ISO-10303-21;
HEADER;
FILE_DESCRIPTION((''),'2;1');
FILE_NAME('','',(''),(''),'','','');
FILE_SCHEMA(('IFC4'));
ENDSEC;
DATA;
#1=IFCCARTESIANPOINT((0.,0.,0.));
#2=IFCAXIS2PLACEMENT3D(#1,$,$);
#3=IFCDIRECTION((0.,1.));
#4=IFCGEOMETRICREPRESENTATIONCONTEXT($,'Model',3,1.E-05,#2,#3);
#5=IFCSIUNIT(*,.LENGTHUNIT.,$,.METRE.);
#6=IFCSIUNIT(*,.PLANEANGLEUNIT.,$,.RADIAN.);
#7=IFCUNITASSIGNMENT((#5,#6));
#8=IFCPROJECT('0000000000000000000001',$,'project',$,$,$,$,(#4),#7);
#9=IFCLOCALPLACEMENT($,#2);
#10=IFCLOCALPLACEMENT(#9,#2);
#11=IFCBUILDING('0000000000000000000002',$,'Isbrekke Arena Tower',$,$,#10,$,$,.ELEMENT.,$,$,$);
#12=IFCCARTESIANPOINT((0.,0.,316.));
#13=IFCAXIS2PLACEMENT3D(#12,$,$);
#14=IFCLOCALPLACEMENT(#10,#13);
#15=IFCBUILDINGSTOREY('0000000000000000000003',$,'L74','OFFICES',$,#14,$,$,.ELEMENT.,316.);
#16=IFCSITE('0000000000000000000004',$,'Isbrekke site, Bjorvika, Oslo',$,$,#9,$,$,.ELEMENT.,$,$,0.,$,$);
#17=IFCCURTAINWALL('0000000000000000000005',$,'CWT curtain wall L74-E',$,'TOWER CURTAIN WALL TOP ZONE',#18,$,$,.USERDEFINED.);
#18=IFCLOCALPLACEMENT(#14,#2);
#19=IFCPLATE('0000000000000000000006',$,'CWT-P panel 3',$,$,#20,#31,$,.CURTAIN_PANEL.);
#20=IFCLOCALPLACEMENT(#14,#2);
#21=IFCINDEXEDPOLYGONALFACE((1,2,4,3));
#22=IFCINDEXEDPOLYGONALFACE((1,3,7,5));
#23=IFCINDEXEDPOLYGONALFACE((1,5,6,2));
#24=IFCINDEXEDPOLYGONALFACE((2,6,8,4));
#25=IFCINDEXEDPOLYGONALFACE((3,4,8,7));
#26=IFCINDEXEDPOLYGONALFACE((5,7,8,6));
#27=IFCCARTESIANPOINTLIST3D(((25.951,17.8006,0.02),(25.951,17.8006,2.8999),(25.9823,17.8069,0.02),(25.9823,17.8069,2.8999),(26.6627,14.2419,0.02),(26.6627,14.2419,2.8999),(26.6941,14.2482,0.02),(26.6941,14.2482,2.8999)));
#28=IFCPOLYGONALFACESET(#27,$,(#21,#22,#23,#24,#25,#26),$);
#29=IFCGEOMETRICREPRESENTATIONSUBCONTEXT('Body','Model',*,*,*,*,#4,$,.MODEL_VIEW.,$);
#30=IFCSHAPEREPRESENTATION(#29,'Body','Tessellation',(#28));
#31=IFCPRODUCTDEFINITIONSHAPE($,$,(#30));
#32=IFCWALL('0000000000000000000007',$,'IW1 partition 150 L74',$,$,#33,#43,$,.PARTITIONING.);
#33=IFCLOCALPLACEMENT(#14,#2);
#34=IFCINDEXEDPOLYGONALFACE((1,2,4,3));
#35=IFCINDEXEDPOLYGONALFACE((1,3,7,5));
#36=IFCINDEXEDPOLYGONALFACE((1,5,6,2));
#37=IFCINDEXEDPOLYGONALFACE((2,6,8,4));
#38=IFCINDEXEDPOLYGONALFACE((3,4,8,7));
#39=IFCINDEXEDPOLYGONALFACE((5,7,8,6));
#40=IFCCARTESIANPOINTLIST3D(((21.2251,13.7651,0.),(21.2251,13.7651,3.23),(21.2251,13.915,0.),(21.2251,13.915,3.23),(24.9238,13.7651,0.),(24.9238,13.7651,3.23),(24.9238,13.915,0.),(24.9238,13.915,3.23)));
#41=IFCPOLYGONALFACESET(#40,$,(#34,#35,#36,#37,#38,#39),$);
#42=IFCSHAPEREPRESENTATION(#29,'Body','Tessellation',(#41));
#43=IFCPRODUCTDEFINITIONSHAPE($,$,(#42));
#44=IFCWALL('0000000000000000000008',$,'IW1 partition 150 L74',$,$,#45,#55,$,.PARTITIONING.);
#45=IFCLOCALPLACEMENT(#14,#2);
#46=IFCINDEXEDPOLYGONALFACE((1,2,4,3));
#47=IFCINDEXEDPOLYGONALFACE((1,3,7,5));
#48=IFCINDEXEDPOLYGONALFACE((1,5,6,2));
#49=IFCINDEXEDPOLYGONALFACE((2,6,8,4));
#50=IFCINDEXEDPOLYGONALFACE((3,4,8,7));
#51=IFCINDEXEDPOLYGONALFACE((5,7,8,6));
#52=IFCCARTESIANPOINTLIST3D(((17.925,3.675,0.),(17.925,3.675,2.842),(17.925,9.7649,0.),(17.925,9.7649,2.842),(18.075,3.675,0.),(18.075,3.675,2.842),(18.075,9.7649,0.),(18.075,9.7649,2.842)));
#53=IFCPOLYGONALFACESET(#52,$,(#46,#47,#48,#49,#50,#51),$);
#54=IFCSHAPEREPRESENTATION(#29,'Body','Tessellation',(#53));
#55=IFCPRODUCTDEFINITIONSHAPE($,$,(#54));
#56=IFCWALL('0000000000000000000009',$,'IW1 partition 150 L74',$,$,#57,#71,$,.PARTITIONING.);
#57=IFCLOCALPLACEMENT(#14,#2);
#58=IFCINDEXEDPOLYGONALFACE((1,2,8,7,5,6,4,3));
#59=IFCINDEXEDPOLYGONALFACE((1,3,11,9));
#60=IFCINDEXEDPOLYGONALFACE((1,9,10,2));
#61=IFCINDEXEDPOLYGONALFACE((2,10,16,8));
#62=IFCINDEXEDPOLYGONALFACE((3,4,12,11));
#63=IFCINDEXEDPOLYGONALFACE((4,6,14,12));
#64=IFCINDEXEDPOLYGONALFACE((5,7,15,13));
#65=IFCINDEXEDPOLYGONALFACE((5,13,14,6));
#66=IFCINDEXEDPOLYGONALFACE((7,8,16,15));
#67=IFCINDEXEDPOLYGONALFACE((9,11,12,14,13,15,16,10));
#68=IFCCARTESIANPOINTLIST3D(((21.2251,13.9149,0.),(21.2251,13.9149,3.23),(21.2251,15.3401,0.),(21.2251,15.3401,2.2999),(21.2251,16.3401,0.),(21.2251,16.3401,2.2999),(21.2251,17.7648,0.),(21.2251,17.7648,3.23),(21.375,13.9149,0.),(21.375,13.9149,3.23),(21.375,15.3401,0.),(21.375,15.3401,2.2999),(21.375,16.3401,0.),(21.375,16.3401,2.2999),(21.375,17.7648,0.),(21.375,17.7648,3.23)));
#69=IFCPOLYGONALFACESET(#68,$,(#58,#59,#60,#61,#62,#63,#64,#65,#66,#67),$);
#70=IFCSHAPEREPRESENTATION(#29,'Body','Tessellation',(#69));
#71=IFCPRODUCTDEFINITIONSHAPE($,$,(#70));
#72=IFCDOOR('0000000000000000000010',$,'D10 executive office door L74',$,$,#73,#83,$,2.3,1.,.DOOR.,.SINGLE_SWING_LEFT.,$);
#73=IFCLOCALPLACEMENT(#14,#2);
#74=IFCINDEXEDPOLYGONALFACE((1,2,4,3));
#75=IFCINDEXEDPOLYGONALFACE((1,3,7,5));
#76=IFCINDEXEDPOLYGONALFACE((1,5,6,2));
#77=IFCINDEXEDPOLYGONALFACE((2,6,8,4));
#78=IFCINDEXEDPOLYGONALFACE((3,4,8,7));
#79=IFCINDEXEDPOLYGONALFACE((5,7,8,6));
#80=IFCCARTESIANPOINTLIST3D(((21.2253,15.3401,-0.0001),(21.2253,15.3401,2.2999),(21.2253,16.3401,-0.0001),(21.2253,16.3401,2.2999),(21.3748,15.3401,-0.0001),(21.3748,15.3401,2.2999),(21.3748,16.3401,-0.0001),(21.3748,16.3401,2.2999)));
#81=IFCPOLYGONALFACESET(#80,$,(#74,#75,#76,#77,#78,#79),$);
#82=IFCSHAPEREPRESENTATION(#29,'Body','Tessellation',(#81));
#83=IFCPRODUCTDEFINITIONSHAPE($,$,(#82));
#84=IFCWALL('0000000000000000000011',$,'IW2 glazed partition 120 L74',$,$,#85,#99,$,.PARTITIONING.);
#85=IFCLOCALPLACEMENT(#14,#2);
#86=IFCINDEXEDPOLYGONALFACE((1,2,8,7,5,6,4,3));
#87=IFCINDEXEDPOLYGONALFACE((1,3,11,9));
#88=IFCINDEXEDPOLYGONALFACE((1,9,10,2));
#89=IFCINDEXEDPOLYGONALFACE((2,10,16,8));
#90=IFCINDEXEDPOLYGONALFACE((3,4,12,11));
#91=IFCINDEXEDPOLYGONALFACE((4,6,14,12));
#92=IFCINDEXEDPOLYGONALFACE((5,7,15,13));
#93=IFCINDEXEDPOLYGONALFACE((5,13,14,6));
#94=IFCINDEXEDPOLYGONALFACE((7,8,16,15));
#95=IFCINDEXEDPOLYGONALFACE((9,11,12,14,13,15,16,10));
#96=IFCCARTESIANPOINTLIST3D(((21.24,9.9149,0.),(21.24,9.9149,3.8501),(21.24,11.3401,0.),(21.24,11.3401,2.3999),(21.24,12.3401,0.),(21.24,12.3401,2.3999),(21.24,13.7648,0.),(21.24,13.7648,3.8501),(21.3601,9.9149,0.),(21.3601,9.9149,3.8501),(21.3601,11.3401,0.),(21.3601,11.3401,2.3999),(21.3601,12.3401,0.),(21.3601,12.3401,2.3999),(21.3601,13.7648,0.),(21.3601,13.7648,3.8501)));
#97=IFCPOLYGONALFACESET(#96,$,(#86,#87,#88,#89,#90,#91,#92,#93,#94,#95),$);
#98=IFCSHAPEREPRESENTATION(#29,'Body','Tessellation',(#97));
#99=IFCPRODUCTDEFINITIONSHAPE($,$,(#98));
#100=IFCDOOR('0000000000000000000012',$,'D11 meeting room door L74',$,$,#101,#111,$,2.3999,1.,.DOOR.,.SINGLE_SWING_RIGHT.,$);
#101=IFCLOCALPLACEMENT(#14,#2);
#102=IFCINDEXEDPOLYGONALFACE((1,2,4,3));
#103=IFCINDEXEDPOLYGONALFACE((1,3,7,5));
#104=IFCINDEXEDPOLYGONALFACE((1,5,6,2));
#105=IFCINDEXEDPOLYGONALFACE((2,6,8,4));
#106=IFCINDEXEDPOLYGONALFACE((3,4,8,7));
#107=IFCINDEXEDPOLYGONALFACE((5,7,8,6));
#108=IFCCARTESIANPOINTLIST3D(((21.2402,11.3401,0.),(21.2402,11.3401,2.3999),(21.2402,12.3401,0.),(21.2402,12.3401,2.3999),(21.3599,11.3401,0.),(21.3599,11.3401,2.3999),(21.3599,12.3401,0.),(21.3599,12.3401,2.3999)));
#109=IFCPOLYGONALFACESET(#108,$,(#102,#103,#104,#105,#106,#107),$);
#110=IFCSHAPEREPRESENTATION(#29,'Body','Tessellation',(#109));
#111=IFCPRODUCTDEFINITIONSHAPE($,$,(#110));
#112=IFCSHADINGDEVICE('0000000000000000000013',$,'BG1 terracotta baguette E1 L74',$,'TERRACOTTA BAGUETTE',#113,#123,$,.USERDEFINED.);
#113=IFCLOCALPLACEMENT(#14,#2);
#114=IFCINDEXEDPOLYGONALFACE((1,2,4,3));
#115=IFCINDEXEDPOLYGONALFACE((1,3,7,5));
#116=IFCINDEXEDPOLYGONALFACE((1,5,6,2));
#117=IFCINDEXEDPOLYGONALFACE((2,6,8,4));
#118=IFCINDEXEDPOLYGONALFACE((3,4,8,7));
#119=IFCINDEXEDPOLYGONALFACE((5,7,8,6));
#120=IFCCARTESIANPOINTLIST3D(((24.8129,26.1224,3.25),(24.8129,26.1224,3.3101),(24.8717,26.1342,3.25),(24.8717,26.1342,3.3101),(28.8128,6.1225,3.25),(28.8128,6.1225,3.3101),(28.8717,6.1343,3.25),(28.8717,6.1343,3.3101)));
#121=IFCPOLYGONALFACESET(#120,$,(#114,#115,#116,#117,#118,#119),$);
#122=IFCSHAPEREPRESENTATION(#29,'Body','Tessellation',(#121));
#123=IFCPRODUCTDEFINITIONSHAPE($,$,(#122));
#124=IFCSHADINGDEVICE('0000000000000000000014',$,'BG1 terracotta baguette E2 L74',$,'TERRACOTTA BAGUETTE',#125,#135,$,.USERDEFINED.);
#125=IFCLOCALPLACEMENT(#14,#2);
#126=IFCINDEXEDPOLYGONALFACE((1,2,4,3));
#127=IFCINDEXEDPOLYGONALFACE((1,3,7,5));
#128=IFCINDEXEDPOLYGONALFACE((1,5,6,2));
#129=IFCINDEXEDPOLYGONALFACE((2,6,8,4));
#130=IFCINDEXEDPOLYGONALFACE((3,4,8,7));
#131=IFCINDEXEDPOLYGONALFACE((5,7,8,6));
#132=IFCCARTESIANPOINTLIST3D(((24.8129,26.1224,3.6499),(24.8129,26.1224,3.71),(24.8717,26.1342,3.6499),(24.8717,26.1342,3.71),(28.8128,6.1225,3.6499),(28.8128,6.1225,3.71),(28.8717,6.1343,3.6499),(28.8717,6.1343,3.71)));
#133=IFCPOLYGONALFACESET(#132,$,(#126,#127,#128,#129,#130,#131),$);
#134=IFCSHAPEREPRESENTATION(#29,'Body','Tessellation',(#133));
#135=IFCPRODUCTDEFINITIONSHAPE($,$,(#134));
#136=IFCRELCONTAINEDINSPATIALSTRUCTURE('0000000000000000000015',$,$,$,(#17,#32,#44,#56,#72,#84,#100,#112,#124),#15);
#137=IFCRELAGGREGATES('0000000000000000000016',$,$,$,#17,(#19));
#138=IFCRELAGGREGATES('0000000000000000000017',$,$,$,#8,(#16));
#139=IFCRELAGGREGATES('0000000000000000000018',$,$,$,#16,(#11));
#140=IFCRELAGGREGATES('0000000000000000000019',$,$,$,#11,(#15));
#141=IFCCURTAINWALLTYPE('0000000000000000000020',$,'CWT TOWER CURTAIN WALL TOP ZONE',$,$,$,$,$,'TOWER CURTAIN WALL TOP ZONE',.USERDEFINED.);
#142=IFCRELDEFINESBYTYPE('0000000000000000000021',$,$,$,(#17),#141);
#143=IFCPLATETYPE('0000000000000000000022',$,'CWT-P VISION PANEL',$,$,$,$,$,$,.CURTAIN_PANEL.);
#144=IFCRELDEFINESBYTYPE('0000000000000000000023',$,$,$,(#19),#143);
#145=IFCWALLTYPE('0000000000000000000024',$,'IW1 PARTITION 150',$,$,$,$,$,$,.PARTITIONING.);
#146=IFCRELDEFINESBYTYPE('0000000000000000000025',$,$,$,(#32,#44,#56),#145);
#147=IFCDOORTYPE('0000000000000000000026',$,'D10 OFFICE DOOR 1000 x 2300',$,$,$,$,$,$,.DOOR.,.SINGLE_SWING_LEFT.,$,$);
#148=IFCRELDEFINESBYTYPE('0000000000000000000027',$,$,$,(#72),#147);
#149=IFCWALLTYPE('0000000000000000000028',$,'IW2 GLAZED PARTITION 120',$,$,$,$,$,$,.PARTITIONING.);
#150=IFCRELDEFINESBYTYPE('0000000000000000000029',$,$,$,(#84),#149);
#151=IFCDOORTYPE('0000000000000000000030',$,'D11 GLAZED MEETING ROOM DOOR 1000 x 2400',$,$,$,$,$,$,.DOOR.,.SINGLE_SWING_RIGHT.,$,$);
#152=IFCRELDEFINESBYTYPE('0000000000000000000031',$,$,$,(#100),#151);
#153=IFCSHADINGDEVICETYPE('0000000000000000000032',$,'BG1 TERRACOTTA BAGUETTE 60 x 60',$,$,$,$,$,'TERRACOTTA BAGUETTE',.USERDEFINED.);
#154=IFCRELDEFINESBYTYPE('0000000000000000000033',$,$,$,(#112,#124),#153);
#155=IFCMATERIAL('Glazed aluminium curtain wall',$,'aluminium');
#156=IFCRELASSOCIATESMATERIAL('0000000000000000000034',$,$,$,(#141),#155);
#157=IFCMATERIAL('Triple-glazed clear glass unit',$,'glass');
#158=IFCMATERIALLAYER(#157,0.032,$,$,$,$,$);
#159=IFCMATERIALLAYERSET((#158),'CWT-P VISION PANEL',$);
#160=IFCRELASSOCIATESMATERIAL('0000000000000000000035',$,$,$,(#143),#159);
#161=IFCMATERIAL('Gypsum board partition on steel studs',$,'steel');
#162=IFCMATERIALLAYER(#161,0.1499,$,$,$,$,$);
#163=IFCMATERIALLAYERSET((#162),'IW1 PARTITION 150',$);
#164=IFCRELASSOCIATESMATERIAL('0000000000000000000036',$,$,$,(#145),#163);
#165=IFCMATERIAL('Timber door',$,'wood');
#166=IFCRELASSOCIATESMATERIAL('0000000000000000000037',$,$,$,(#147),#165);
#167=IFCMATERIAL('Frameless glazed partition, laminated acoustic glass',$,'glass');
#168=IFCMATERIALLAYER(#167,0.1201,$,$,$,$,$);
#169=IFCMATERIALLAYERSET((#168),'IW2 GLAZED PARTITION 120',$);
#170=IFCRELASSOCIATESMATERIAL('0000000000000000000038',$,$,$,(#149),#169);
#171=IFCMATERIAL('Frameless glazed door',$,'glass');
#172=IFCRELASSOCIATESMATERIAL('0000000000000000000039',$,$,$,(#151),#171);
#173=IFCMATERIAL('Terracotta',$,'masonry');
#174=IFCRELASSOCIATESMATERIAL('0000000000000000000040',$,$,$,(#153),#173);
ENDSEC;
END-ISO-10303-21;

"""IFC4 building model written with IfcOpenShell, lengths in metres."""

from ifc_helpers import new_model, si_unit, direction, frame, frame_2d, origin, origin_2d, place, context, subcontext, project, spatial, rectangle, extrude, material, layer, layer_set, material_profile, profile_set, type_object, element, fill, aggregate, save


model = new_model("IFC4")

# Units and contexts
model_context = context("Model", 3, precision=1e-05, world=origin(), true_north=direction((0.0, 1.0)))
body_context = subcontext(model_context, "Body", "Model", "MODEL_VIEW")
ifc_project = project(units=[si_unit("LENGTHUNIT", "METRE"), si_unit("PLANEANGLEUNIT", "RADIAN")], contexts=[model_context])

# Site, building, storey
site_placement = place(None, origin())
site = spatial("IfcSite", under=ifc_project, at=site_placement, Name="Isbrekke site, Bjorvika, Oslo", CompositionType="ELEMENT", RefElevation=0.0)
building_placement = place(site_placement, origin())
building = spatial("IfcBuilding", under=site, at=building_placement, Name="Isbrekke Arena Tower", CompositionType="ELEMENT")
storey_placement = place(building_placement, frame((0.0, 0.0, 316.0)))
storey = spatial("IfcBuildingStorey", under=building, at=storey_placement, Name="L74", Description="OFFICES", CompositionType="ELEMENT", Elevation=316.0)

# Curtain wall
ifc_material_1 = material(Name="Glazed aluminium curtain wall", Category="aluminium")
curtain_wall_type = type_object("IfcCurtainWallType", Name="CWT TOWER CURTAIN WALL TOP ZONE", ElementType="TOWER CURTAIN WALL TOP ZONE", PredefinedType="USERDEFINED", material=ifc_material_1)
curtain_wall_1_placement = place(storey_placement, origin())
curtain_wall_1 = element("IfcCurtainWall", 1, at=curtain_wall_1_placement, inside=storey, type_object=curtain_wall_type, Name="CWT curtain wall L74-E", ObjectType="TOWER CURTAIN WALL TOP ZONE", PredefinedType="USERDEFINED")

# Plate
ifc_material_2 = material(Name="Triple-glazed clear glass unit", Category="glass")
ifc_layer_1 = layer(ifc_material_2, 0.032)
ifc_layer_set_1 = layer_set([ifc_layer_1], Name="CWT-P VISION PANEL")
plate_type = type_object("IfcPlateType", Name="CWT-P VISION PANEL", PredefinedType="CURTAIN_PANEL", material=ifc_layer_set_1)
plate_1_placement = place(storey_placement, frame((26.3225, 16.0244, 0.02), z_axis=(0.0, 0.0, 1.0), x_axis=(-0.196116, 0.980581, 0.0)))
plate_1 = element("IfcPlate", 2, at=plate_1_placement, type_object=plate_type, Name="CWT-P panel 3", PredefinedType="CURTAIN_PANEL", context=body_context, shape_type="SweptSolid", body=[
    extrude(rectangle(XDim=3.6292, YDim=0.032, at=origin_2d()), origin(), (0.0, 0.0, 1.0), 2.8799),
])
aggregate(curtain_wall_1, [plate_1])

# Walls
ifc_material_3 = material(Name="Gypsum board partition on steel studs", Category="steel")
ifc_layer_2 = layer(ifc_material_3, 0.1499)
ifc_layer_set_2 = layer_set([ifc_layer_2], Name="IW1 PARTITION 150")
wall_type_1 = type_object("IfcWallType", Name="IW1 PARTITION 150", PredefinedType="PARTITIONING", material=ifc_layer_set_2)
wall_1_placement = place(storey_placement, frame((21.2251, 13.8401, 0.0), z_axis=(0.0, 0.0, 1.0), x_axis=(1.0, 0.0, 0.0)))
element("IfcWall", 3, at=wall_1_placement, inside=storey, type_object=wall_type_1, Name="IW1 partition 150 L74", PredefinedType="PARTITIONING", context=body_context, shape_type="SweptSolid", body=[
    extrude(rectangle(XDim=3.6987, YDim=0.1499, at=frame_2d((1.8494, 0.0))), origin(), (0.0, 0.0, 1.0), 3.23),
])
wall_2_placement = place(storey_placement, frame((18.0, 3.675, 0.0), z_axis=(0.0, 0.0, 1.0), x_axis=(0.0, 1.0, 0.0)))
element("IfcWall", 4, at=wall_2_placement, inside=storey, type_object=wall_type_1, Name="IW1 partition 150 L74", PredefinedType="PARTITIONING", context=body_context, shape_type="SweptSolid", body=[
    extrude(rectangle(XDim=6.0898, YDim=0.1499, at=frame_2d((3.0449, 0.0))), origin(), (0.0, 0.0, 1.0), 2.842),
])

# Walls, openings, doors
wall_3_placement = place(storey_placement, frame((21.3, 13.915, 0.0), z_axis=(0.0, 0.0, 1.0), x_axis=(0.0, 1.0, 0.0)))
wall_3 = element("IfcWall", 5, at=wall_3_placement, inside=storey, type_object=wall_type_1, Name="IW1 partition 150 L74", PredefinedType="PARTITIONING", context=body_context, shape_type="SweptSolid", body=[
    extrude(rectangle(XDim=3.8499, YDim=0.1499, at=frame_2d((1.9248, 0.0))), origin(), (0.0, 0.0, 1.0), 3.23),
])
opening_1_placement = place(wall_3_placement, frame((1.425, 0.0, 0.0)))
opening_1 = element("IfcOpeningElement", 6, at=opening_1_placement, cuts=wall_3, PredefinedType="OPENING", context=body_context, shape_type="SweptSolid", body=[
    extrude(rectangle(XDim=1.0, YDim=2.3, at=frame_2d((0.5, 1.1499))), frame((0.0, 0.0898, 0.0), z_axis=(0.0, -1.0, 0.0), x_axis=(1.0, 0.0, 0.0)), (0.0, 0.0, 1.0), 0.1797),
])
ifc_material_4 = material(Name="Timber door", Category="wood")
door_type_1 = type_object("IfcDoorType", Name="D10 OFFICE DOOR 1000 x 2300", OperationType="SINGLE_SWING_LEFT", PredefinedType="DOOR", material=ifc_material_4)
door_1_placement = place(opening_1_placement, origin())
door_1 = element("IfcDoor", 7, at=door_1_placement, inside=storey, type_object=door_type_1, Name="D10 executive office door L74", OperationType="SINGLE_SWING_LEFT", OverallHeight=2.3, OverallWidth=1.0, PredefinedType="DOOR", context=body_context, shape_type="SweptSolid", body=[
    extrude(rectangle(XDim=1.0, YDim=2.3, at=frame_2d((0.5, 1.1499))), frame((0.0, 0.0747, 0.0), z_axis=(0.0, -1.0, 0.0), x_axis=(1.0, 0.0, 0.0)), (0.0, 0.0, 1.0), 0.1494),
])
fill(opening_1, door_1)
ifc_material_5 = material(Name="Frameless glazed partition, laminated acoustic glass", Category="glass")
ifc_layer_3 = layer(ifc_material_5, 0.1201)
ifc_layer_set_3 = layer_set([ifc_layer_3], Name="IW2 GLAZED PARTITION 120")
wall_type_2 = type_object("IfcWallType", Name="IW2 GLAZED PARTITION 120", PredefinedType="PARTITIONING", material=ifc_layer_set_3)
wall_4_placement = place(storey_placement, frame((21.3, 9.915, 0.0), z_axis=(0.0, 0.0, 1.0), x_axis=(0.0, 1.0, 0.0)))
wall_4 = element("IfcWall", 8, at=wall_4_placement, inside=storey, type_object=wall_type_2, Name="IW2 glazed partition 120 L74", PredefinedType="PARTITIONING", context=body_context, shape_type="SweptSolid", body=[
    extrude(rectangle(XDim=3.8499, YDim=0.1201, at=frame_2d((1.9248, 0.0))), origin(), (0.0, 0.0, 1.0), 3.8501),
])
opening_2_placement = place(wall_4_placement, frame((1.425, 0.0, 0.0)))
opening_2 = element("IfcOpeningElement", 9, at=opening_2_placement, cuts=wall_4, PredefinedType="OPENING", context=body_context, shape_type="SweptSolid", body=[
    extrude(rectangle(XDim=1.0, YDim=2.3999, at=frame_2d((0.5, 1.2))), frame((0.0, 0.075, 0.0), z_axis=(0.0, -1.0, 0.0), x_axis=(1.0, 0.0, 0.0)), (0.0, 0.0, 1.0), 0.1499),
])
ifc_material_6 = material(Name="Frameless glazed door", Category="glass")
door_type_2 = type_object("IfcDoorType", Name="D11 GLAZED MEETING ROOM DOOR 1000 x 2400", OperationType="SINGLE_SWING_RIGHT", PredefinedType="DOOR", material=ifc_material_6)
door_2_placement = place(opening_2_placement, origin())
door_2 = element("IfcDoor", 10, at=door_2_placement, inside=storey, type_object=door_type_2, Name="D11 meeting room door L74", OperationType="SINGLE_SWING_RIGHT", OverallHeight=2.3999, OverallWidth=1.0, PredefinedType="DOOR", context=body_context, shape_type="SweptSolid", body=[
    extrude(rectangle(XDim=1.0, YDim=2.3999, at=frame_2d((0.5, 1.2))), frame((0.0, 0.0598, 0.0), z_axis=(0.0, -1.0, 0.0), x_axis=(1.0, 0.0, 0.0)), (0.0, 0.0, 1.0), 0.1196),
])
fill(opening_2, door_2)

# Shading devices
ifc_material_7 = material(Name="Terracotta", Category="masonry")
ifc_material_profile_1 = material_profile(ifc_material_7, rectangle(XDim=0.0601, YDim=0.0601, at=origin_2d()), Name="BAGUETTE 60X60")
ifc_profile_set_1 = profile_set([ifc_material_profile_1], Name="Terracotta")
shading_device_type = type_object("IfcShadingDeviceType", Name="BG1 TERRACOTTA BAGUETTE 60 x 60", ElementType="TERRACOTTA BAGUETTE", PredefinedType="USERDEFINED", material=ifc_profile_set_1)
for number, where, z_axis, x_axis, name in (
    (11, (28.8423, 6.1284, 3.28), (-0.196116, 0.980581, 0.0), (-0.980581, -0.196116, 0.0), "BG1 terracotta baguette E1 L74"),
    (12, (28.8423, 6.1284, 3.6799), (-0.196116, 0.980581, 0.0), (-0.980581, -0.196116, 0.0), "BG1 terracotta baguette E2 L74"),
):
    element("IfcShadingDevice", number, at=place(storey_placement, frame(where, z_axis=z_axis, x_axis=x_axis)), inside=storey, type_object=shading_device_type, Name=name, ObjectType="TERRACOTTA BAGUETTE", PredefinedType="USERDEFINED", context=body_context, shape_type="SweptSolid", body=[
        extrude(rectangle(XDim=0.0601, YDim=0.0601, at=origin_2d()), origin(), (0.0, 0.0, 1.0), 20.396),
    ])

save(model, "model.ifc")
